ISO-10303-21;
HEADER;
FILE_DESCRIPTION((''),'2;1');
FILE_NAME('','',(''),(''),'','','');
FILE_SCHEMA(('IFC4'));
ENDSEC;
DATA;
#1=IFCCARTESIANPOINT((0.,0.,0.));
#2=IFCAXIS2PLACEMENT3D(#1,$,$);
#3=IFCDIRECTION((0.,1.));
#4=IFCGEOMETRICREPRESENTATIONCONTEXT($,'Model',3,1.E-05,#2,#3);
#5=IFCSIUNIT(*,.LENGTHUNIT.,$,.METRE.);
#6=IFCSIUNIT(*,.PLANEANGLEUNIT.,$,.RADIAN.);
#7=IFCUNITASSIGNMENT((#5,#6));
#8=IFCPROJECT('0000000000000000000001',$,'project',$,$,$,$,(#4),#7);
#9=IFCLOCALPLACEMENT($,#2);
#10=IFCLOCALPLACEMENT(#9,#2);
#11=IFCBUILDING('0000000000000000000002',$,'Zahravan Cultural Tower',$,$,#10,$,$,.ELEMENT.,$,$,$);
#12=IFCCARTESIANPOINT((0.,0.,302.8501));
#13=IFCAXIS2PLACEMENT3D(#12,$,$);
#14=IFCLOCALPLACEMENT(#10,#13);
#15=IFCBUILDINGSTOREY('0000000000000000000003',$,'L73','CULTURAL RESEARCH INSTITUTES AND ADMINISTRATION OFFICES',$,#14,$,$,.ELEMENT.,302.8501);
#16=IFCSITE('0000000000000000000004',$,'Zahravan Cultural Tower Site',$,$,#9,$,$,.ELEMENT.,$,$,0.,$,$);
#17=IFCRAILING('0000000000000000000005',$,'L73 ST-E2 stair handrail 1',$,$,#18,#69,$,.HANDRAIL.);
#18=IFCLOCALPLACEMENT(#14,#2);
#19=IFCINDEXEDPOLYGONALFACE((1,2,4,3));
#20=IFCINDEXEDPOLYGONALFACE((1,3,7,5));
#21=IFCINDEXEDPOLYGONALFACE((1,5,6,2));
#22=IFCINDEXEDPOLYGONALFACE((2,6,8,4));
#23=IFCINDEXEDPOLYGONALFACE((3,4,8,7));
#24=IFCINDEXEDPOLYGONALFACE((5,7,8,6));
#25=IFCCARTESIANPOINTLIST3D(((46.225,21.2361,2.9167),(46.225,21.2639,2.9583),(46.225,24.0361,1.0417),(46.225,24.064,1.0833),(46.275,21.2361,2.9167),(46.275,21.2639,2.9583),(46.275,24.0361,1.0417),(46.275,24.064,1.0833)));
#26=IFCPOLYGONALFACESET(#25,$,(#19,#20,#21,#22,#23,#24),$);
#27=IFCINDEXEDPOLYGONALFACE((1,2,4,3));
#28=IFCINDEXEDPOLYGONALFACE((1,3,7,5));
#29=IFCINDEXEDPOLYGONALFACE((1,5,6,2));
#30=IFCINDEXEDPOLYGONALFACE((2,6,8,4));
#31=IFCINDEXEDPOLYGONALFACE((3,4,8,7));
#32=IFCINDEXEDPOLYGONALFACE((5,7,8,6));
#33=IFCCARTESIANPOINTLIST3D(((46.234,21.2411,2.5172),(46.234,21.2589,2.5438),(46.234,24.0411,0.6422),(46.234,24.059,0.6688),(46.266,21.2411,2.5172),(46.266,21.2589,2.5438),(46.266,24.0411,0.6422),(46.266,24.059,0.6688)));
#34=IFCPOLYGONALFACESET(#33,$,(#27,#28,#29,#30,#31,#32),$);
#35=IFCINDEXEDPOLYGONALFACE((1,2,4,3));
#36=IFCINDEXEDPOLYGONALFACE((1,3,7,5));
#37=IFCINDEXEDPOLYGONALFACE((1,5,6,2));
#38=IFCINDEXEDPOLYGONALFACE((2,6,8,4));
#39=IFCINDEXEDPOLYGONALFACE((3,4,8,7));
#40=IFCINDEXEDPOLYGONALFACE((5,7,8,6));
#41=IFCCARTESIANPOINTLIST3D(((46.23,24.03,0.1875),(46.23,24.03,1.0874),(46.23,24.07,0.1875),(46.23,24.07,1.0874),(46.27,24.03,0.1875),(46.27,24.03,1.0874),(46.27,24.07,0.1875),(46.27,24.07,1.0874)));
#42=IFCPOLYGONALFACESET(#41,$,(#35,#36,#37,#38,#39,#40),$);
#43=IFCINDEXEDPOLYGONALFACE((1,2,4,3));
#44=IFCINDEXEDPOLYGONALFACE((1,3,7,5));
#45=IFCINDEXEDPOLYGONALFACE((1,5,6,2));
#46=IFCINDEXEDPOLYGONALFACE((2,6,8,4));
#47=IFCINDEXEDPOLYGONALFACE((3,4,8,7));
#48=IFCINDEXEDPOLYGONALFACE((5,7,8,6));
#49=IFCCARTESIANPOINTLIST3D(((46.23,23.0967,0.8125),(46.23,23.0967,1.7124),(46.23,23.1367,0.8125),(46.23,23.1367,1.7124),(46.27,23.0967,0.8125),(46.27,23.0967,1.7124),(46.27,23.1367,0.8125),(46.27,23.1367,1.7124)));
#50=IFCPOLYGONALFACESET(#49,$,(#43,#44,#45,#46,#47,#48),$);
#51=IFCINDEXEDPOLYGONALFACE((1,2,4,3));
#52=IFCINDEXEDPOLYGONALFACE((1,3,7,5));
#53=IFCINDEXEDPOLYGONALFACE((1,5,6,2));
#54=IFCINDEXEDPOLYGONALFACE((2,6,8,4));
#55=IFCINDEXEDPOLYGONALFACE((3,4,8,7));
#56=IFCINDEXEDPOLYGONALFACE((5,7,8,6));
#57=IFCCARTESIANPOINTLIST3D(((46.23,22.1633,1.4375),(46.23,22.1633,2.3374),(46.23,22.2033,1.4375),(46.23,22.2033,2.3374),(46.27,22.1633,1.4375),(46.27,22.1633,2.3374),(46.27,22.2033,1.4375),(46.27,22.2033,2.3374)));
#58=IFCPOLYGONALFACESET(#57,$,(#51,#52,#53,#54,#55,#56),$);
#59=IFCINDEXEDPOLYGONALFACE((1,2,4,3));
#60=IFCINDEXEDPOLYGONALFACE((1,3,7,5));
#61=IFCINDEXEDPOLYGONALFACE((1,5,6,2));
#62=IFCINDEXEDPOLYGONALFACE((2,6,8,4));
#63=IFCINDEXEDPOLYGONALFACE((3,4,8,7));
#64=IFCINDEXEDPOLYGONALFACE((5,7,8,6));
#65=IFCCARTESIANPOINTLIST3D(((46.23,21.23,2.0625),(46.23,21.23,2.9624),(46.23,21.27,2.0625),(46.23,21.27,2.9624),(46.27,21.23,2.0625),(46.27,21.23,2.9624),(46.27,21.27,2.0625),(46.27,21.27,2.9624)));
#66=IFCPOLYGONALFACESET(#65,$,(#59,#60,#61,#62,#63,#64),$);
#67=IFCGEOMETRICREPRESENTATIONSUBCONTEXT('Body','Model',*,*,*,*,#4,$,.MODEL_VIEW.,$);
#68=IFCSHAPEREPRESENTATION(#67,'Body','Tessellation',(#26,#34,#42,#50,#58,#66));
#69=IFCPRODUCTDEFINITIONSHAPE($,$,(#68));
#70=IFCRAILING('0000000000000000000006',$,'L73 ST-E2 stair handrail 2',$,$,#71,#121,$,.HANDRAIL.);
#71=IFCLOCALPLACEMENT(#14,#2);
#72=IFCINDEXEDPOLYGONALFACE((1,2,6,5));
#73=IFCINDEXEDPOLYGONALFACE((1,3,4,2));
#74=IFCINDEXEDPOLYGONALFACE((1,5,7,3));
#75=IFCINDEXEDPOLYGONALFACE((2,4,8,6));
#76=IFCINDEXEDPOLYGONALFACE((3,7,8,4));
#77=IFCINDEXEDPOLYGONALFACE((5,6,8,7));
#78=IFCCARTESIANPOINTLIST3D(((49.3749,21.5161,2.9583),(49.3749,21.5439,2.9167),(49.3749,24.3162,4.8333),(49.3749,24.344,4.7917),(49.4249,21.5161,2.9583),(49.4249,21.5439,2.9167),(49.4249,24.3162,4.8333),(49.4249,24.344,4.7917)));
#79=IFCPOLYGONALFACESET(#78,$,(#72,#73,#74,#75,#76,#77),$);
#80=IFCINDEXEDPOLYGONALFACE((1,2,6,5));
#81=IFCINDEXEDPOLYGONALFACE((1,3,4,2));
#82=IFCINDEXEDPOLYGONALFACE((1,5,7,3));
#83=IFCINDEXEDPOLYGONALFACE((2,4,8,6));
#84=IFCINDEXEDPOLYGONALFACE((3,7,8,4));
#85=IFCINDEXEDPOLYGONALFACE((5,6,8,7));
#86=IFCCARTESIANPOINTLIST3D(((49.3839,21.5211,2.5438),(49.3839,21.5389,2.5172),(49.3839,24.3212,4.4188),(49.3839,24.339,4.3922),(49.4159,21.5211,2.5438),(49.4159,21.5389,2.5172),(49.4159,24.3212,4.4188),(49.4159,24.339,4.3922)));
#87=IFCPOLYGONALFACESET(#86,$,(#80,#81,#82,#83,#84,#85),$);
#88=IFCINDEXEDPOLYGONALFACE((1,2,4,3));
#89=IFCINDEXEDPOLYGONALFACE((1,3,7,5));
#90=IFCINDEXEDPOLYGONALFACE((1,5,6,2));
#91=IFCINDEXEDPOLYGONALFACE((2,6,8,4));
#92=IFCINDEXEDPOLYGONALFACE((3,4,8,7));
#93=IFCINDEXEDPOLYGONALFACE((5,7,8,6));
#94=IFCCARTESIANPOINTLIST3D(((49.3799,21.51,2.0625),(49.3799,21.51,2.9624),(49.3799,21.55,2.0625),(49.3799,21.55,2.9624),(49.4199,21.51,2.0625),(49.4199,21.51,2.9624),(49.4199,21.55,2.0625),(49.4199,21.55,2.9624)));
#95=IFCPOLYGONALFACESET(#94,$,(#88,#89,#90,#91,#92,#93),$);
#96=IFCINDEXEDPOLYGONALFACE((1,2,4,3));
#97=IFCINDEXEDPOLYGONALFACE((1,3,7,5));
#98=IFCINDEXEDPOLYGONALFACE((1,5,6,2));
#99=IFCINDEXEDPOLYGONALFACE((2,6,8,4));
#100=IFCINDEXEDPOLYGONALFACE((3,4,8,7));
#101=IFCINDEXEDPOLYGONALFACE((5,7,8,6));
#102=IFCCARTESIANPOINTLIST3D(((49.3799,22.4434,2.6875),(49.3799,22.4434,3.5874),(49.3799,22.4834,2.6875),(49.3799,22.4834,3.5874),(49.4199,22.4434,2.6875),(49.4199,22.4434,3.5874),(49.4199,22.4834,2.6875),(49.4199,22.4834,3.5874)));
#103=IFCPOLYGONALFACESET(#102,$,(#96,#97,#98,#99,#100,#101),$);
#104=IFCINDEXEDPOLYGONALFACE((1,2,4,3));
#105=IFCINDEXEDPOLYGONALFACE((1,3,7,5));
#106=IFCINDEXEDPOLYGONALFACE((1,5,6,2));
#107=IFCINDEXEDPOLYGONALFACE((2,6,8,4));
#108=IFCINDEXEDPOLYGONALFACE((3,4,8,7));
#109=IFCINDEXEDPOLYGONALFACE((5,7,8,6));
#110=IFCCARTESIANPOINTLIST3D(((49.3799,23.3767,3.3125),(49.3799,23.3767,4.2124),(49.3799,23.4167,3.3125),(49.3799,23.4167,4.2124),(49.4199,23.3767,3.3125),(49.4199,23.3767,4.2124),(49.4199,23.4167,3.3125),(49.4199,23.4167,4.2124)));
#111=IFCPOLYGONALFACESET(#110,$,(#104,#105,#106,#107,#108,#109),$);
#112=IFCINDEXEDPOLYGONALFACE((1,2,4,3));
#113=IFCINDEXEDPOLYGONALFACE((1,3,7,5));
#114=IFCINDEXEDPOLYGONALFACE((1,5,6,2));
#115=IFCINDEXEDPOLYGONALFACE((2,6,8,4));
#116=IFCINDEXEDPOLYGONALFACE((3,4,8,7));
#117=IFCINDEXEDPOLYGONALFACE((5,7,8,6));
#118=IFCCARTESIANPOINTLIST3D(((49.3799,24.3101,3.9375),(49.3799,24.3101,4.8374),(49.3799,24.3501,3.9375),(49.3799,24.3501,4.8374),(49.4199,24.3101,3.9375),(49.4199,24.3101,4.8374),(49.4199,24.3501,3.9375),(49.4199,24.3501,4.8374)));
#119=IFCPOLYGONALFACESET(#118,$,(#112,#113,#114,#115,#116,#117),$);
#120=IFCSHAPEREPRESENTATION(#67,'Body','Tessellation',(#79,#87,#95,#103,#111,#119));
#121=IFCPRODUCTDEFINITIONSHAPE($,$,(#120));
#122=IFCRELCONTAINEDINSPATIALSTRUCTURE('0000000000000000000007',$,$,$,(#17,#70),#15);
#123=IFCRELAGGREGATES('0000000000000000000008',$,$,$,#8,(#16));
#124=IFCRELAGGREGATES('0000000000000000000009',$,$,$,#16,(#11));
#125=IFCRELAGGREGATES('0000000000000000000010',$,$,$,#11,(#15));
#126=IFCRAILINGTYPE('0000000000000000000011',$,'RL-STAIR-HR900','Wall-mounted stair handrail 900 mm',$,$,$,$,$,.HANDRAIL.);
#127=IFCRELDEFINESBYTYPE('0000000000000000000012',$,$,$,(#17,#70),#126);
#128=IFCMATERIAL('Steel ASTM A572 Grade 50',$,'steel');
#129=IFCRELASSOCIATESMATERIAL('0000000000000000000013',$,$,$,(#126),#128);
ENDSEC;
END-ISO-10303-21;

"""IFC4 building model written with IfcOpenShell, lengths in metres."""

from ifc_helpers import new_model, si_unit, direction, frame, origin, origin_2d, place, context, subcontext, project, spatial, rectangle, extrude, material, type_object, element, save


model = new_model("IFC4")

# Units and contexts
model_context = context("Model", 3, precision=1e-05, world=origin(), true_north=direction((0.0, 1.0)))
body_context = subcontext(model_context, "Body", "Model", "MODEL_VIEW")
ifc_project = project(units=[si_unit("LENGTHUNIT", "METRE"), si_unit("PLANEANGLEUNIT", "RADIAN")], contexts=[model_context])

# Site, building, storey
site_placement = place(None, origin())
site = spatial("IfcSite", under=ifc_project, at=site_placement, Name="Zahravan Cultural Tower Site", CompositionType="ELEMENT", RefElevation=0.0)
building_placement = place(site_placement, origin())
building = spatial("IfcBuilding", under=site, at=building_placement, Name="Zahravan Cultural Tower", CompositionType="ELEMENT")
storey_placement = place(building_placement, frame((0.0, 0.0, 302.8501)))
storey = spatial("IfcBuildingStorey", under=building, at=storey_placement, Name="L73", Description="CULTURAL RESEARCH INSTITUTES AND ADMINISTRATION OFFICES", CompositionType="ELEMENT", Elevation=302.8501)

# Railings
ifc_material_1 = material(Name="Steel ASTM A572 Grade 50", Category="steel")
railing_type_1 = type_object("IfcRailingType", Name="RL-STAIR-HR900", Description="Wall-mounted stair handrail 900 mm", PredefinedType="HANDRAIL", material=ifc_material_1)
railing_1_placement = place(storey_placement, frame((46.25, 24.05, 0.1875)))
element("IfcRailing", 1, at=railing_1_placement, inside=storey, type_object=railing_type_1, Name="L73 ST-E2 stair handrail 1", PredefinedType="HANDRAIL", context=body_context, shape_type="SweptSolid", body=[
    extrude(rectangle(XDim=0.05, YDim=0.05, at=origin_2d()), frame((0.0, 0.0, 0.875), z_axis=(0.0, -0.830912, 0.556404), x_axis=(1.0, 0.0, 0.0)), (0.0, 0.0, 1.0), 3.3699),
    extrude(rectangle(XDim=0.032, YDim=0.032, at=origin_2d()), frame((0.0, 0.0, 0.468), z_axis=(0.0, -0.830912, 0.556404), x_axis=(1.0, 0.0, 0.0)), (0.0, 0.0, 1.0), 3.3699),
    extrude(rectangle(XDim=0.04, YDim=0.04, at=origin_2d()), origin(), (0.0, 0.0, 1.0), 0.8999),
    extrude(rectangle(XDim=0.04, YDim=0.04, at=origin_2d()), frame((0.0, -0.9333, 0.625)), (0.0, 0.0, 1.0), 0.8999),
    extrude(rectangle(XDim=0.04, YDim=0.04, at=origin_2d()), frame((0.0, -1.8667, 1.25)), (0.0, 0.0, 1.0), 0.8999),
    extrude(rectangle(XDim=0.04, YDim=0.04, at=origin_2d()), frame((0.0, -2.8, 1.875)), (0.0, 0.0, 1.0), 0.8999),
])
railing_2_placement = place(storey_placement, frame((49.3999, 21.53, 2.0625)))
element("IfcRailing", 2, at=railing_2_placement, inside=storey, type_object=railing_type_1, Name="L73 ST-E2 stair handrail 2", PredefinedType="HANDRAIL", context=body_context, shape_type="SweptSolid", body=[
    extrude(rectangle(XDim=0.05, YDim=0.05, at=origin_2d()), frame((0.0, 0.0, 0.875), z_axis=(0.0, 0.830912, 0.556404), x_axis=(-1.0, 0.0, 0.0)), (0.0, 0.0, 1.0), 3.3699),
    extrude(rectangle(XDim=0.032, YDim=0.032, at=origin_2d()), frame((0.0, 0.0, 0.468), z_axis=(0.0, 0.830912, 0.556404), x_axis=(-1.0, 0.0, 0.0)), (0.0, 0.0, 1.0), 3.3699),
    extrude(rectangle(XDim=0.04, YDim=0.04, at=origin_2d()), origin(), (0.0, 0.0, 1.0), 0.8999),
    extrude(rectangle(XDim=0.04, YDim=0.04, at=origin_2d()), frame((0.0, 0.9333, 0.625)), (0.0, 0.0, 1.0), 0.8999),
    extrude(rectangle(XDim=0.04, YDim=0.04, at=origin_2d()), frame((0.0, 1.8667, 1.25)), (0.0, 0.0, 1.0), 0.8999),
    extrude(rectangle(XDim=0.04, YDim=0.04, at=origin_2d()), frame((0.0, 2.8, 1.875)), (0.0, 0.0, 1.0), 0.8999),
])

save(model, "model.ifc")
